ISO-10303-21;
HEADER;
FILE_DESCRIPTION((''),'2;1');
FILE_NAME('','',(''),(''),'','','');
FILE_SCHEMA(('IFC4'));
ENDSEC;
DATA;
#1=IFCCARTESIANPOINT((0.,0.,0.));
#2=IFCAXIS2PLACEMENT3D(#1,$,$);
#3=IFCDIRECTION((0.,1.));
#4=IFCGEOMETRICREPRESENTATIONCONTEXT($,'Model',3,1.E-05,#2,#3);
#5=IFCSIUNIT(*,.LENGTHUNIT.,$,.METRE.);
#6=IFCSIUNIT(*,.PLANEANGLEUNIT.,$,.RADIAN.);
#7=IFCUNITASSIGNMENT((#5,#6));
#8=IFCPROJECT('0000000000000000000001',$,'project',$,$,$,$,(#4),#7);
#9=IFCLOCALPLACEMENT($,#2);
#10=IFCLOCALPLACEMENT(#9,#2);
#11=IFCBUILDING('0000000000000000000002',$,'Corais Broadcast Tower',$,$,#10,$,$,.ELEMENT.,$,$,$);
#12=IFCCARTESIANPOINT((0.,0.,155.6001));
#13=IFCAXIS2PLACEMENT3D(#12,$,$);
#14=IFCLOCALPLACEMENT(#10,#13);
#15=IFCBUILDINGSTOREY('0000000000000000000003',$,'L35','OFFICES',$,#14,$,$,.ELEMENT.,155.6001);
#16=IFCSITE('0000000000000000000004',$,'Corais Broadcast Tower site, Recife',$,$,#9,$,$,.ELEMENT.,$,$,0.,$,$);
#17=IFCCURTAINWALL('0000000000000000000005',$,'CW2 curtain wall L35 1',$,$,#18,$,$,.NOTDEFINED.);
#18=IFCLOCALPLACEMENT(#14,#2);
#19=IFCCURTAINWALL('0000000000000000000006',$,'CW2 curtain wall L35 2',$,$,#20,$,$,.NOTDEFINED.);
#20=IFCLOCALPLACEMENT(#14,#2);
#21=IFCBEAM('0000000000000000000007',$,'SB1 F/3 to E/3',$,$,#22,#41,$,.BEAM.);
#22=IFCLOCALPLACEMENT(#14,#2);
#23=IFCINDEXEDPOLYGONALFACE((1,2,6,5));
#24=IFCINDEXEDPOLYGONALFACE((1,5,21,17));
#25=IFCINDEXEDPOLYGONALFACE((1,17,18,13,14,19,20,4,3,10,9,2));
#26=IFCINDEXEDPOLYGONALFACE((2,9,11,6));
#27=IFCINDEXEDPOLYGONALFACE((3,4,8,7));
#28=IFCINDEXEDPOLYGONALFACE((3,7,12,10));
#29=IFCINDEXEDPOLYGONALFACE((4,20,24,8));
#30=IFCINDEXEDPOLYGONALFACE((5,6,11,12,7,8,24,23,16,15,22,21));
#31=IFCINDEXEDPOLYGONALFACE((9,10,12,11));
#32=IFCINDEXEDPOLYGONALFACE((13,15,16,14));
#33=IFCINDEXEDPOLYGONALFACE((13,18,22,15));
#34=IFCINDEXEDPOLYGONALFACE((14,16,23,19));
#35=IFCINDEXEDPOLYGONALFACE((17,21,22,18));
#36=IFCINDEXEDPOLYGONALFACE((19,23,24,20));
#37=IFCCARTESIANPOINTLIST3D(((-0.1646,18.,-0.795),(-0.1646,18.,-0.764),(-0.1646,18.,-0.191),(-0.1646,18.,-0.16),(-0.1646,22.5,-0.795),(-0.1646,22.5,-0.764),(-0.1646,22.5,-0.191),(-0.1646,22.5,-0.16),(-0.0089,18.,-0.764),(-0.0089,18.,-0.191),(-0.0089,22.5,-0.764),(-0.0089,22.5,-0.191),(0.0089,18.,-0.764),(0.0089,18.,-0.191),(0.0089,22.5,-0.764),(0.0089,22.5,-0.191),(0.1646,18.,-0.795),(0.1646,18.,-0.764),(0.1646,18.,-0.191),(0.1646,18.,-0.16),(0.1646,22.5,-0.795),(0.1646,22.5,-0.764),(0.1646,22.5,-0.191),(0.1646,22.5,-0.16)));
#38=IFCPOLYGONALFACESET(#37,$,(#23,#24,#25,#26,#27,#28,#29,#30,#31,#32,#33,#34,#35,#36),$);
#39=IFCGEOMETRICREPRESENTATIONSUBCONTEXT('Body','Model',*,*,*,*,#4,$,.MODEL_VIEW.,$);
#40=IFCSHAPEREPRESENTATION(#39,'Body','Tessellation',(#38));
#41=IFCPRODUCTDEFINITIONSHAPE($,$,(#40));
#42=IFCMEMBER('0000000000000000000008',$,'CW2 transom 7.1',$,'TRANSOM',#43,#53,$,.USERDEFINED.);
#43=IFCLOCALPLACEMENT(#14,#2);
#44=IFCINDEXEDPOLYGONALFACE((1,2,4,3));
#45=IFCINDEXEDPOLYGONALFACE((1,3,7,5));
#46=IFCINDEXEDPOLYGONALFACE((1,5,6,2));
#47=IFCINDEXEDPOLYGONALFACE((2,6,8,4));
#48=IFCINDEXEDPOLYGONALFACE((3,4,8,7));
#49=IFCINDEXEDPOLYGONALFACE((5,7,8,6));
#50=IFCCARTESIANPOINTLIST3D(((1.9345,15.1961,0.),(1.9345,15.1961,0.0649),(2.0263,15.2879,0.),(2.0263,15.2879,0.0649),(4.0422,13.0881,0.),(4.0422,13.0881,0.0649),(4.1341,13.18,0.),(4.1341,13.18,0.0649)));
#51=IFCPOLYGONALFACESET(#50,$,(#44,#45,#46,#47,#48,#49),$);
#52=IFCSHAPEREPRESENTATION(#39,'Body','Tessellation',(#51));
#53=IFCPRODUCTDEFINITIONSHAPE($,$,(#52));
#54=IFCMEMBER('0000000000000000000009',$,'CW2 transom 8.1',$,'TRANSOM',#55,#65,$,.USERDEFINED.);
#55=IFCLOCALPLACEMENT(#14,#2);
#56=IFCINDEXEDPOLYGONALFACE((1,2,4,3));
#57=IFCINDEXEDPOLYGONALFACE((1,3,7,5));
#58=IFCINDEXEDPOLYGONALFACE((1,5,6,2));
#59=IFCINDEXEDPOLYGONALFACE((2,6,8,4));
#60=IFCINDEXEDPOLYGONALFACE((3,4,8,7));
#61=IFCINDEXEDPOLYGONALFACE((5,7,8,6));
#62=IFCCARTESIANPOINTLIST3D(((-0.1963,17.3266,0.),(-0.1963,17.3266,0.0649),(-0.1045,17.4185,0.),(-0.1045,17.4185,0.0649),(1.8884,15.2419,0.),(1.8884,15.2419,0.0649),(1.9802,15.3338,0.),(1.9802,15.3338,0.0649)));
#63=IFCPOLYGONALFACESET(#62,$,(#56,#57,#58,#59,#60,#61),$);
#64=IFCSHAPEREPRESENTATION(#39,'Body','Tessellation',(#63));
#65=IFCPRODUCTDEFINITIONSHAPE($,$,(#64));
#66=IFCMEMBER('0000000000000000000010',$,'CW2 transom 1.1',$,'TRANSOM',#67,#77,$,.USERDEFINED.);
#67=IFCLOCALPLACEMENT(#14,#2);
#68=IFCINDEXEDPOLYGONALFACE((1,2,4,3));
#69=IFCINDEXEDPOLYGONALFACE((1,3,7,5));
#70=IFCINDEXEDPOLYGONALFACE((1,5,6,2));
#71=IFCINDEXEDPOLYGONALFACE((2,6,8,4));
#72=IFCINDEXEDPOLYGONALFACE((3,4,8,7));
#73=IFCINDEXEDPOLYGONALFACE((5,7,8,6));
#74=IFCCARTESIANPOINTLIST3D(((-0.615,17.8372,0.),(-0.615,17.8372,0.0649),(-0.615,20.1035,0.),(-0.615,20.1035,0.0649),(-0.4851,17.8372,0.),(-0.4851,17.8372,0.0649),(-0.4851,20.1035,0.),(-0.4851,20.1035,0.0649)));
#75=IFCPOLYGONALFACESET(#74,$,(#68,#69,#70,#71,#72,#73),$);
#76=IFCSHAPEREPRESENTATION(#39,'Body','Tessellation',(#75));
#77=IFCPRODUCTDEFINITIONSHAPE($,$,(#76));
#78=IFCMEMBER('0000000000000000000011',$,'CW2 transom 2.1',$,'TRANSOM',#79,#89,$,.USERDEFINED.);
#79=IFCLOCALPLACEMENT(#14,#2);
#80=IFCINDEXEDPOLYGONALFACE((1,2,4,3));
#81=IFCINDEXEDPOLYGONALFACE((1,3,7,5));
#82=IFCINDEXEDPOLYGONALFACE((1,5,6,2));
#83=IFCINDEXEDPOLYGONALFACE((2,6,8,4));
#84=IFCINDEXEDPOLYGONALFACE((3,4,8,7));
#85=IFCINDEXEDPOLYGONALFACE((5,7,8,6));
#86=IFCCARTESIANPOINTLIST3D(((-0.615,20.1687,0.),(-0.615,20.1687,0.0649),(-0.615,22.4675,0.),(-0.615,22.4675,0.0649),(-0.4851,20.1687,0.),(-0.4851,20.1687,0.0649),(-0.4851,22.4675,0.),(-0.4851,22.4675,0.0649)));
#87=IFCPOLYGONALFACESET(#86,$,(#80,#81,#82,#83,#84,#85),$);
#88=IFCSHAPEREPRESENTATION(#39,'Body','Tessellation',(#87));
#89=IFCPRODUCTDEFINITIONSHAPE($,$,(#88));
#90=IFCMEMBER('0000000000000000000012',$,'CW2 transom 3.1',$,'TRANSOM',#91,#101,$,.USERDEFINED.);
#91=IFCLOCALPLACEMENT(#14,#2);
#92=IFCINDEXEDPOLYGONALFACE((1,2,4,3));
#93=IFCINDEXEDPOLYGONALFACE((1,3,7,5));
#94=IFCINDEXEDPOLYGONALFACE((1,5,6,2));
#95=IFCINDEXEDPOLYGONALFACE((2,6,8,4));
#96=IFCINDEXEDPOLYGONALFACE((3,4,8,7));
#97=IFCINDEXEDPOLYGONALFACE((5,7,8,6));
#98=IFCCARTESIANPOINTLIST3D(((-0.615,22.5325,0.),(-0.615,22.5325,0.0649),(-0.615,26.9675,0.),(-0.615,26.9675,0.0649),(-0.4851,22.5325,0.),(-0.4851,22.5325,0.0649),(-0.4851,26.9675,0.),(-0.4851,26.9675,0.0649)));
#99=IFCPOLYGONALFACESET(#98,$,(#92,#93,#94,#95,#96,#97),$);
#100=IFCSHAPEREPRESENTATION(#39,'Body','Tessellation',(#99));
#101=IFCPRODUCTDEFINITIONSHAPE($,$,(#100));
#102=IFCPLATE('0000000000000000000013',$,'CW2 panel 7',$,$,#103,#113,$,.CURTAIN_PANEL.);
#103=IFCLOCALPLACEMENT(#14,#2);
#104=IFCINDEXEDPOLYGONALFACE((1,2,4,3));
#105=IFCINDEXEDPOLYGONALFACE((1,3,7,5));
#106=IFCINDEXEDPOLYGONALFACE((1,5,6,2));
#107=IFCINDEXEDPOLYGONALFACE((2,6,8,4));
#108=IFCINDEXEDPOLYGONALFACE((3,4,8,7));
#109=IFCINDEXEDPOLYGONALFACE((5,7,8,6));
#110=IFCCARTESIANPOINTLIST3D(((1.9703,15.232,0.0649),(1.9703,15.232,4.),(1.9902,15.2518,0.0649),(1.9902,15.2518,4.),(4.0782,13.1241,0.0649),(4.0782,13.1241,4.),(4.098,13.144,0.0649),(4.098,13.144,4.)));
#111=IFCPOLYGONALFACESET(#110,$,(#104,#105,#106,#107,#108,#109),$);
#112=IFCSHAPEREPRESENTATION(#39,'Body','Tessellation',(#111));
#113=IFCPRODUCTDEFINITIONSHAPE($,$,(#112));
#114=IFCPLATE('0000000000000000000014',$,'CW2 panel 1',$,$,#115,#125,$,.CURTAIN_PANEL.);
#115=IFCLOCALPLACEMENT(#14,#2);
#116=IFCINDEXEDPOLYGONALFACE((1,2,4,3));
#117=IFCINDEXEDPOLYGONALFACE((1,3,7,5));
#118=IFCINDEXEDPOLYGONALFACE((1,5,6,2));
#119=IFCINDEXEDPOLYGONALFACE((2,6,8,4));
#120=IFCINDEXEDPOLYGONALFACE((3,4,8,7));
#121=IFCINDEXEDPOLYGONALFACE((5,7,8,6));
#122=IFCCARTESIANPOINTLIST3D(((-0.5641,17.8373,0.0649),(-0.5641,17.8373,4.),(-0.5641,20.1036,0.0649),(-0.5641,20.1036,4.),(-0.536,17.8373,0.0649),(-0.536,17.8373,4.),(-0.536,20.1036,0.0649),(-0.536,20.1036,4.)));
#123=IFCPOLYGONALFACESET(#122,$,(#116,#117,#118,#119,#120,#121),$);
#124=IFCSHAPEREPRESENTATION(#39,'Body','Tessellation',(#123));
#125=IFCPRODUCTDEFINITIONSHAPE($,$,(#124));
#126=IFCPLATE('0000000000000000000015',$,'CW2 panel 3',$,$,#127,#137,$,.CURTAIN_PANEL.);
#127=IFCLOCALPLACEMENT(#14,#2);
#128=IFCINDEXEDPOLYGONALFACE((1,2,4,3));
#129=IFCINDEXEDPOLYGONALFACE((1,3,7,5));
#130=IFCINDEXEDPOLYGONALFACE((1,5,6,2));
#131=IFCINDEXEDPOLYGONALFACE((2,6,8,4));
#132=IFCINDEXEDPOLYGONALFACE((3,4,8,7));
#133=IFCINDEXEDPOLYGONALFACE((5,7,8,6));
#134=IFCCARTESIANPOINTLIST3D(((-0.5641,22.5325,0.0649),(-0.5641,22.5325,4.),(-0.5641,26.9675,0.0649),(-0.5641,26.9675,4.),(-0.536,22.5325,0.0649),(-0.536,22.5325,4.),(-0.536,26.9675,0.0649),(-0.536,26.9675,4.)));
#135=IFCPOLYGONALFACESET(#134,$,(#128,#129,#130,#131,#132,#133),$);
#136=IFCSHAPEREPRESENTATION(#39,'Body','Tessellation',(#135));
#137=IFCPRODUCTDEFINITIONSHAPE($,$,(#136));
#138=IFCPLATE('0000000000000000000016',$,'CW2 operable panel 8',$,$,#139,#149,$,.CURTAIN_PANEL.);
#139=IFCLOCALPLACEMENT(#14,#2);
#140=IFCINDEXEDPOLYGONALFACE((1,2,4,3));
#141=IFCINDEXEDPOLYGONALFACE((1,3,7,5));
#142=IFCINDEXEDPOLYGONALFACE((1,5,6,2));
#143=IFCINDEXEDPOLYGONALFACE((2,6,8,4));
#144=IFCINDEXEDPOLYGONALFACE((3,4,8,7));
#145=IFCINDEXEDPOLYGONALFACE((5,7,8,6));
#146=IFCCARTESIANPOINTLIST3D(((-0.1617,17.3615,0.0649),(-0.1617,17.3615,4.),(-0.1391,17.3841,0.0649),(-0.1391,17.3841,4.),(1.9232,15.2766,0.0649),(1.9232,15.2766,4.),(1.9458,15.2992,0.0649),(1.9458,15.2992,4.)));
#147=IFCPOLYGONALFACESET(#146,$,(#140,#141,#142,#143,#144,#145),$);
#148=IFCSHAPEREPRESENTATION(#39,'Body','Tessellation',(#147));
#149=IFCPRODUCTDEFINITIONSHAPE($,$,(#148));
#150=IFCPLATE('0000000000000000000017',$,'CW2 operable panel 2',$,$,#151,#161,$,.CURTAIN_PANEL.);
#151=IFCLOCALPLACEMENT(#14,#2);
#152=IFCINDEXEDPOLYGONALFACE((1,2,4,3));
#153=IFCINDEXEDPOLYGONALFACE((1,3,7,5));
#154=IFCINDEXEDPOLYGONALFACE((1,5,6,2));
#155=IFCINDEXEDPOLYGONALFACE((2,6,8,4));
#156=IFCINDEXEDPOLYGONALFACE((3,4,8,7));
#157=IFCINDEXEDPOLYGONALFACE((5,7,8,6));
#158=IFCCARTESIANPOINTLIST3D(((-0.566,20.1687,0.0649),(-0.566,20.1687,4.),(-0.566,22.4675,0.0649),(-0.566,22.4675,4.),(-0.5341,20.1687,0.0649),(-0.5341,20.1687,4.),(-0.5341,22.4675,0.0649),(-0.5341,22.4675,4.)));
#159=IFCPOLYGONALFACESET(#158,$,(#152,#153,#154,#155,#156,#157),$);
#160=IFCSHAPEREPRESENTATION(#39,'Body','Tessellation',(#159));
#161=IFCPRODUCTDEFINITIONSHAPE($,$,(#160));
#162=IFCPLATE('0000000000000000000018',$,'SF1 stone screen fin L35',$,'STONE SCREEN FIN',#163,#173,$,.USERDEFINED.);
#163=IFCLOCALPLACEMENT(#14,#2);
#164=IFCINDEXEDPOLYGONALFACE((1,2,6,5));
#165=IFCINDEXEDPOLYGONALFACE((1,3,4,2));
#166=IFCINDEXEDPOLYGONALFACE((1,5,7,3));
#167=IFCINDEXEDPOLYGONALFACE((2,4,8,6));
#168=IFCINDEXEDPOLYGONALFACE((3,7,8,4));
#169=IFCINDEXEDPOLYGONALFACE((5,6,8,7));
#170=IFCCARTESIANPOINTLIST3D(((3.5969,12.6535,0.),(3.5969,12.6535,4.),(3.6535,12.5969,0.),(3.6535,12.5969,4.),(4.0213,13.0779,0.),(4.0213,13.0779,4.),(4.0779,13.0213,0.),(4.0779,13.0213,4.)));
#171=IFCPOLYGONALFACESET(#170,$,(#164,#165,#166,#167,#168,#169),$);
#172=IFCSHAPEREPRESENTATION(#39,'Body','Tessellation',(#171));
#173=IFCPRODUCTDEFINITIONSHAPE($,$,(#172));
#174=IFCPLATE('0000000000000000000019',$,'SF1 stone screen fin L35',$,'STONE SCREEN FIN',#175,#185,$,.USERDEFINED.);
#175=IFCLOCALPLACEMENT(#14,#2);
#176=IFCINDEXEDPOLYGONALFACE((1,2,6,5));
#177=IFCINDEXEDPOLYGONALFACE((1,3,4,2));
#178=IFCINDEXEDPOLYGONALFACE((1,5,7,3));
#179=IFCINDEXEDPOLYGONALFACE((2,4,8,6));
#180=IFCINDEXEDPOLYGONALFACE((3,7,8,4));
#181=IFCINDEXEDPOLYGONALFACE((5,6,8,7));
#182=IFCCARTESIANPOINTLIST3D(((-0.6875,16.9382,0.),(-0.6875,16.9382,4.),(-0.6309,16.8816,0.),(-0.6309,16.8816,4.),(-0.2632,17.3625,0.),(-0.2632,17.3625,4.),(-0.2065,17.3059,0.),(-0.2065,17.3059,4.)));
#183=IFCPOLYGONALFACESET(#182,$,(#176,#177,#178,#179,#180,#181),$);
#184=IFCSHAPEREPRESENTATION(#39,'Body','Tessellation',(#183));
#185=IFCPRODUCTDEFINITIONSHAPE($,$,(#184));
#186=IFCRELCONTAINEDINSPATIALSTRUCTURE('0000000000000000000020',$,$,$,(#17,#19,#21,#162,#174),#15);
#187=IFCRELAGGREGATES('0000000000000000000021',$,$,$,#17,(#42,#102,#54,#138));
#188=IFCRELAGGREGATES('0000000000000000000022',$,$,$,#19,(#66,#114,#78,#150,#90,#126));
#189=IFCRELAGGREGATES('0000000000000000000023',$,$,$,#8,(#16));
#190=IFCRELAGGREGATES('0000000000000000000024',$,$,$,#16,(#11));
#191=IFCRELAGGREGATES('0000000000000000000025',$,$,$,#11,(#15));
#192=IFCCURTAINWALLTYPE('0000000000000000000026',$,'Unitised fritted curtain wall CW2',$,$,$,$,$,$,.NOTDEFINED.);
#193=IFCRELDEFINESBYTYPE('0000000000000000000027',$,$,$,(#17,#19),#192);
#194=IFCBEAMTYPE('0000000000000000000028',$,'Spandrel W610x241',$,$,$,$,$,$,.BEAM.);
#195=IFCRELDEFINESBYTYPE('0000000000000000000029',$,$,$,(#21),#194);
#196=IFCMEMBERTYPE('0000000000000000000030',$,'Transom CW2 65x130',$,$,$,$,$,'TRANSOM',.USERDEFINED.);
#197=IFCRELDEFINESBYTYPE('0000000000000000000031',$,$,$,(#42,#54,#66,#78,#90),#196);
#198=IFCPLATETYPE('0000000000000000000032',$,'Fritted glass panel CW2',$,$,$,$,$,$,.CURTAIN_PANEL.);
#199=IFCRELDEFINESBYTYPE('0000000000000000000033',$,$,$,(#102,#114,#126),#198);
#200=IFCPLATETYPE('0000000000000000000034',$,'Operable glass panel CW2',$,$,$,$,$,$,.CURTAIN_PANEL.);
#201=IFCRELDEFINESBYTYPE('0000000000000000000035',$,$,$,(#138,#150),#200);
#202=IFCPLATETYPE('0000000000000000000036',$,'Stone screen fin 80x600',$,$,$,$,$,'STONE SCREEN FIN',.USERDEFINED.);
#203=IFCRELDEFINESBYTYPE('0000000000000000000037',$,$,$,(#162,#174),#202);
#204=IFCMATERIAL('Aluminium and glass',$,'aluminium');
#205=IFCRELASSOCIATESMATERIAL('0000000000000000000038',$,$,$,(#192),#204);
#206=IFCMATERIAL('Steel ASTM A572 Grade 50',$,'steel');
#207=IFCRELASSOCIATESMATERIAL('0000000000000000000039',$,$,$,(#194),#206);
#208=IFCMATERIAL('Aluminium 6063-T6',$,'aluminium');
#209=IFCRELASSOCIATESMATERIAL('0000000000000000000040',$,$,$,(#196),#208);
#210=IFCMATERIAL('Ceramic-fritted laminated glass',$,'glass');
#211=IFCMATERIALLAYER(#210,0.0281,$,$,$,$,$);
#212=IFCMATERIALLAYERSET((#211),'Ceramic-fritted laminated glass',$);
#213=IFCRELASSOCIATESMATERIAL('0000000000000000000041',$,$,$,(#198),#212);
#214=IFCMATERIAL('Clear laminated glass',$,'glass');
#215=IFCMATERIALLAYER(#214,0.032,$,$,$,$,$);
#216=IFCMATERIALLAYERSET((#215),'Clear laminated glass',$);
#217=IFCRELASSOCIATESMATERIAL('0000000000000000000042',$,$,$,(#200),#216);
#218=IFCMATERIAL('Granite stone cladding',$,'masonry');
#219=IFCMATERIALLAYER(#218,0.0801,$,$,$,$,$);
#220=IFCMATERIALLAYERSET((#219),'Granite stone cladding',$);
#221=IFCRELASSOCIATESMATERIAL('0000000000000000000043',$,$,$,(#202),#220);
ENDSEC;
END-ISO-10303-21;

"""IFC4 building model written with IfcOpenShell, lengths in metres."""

from ifc_helpers import new_model, si_unit, direction, frame, origin, origin_2d, place, context, subcontext, project, spatial, rectangle, i_section, extrude, material, layer, layer_set, material_profile, profile_set, type_object, element, aggregate, save


model = new_model("IFC4")

# Units and contexts
model_context = context("Model", 3, precision=1e-05, world=origin(), true_north=direction((0.0, 1.0)))
body_context = subcontext(model_context, "Body", "Model", "MODEL_VIEW")
ifc_project = project(units=[si_unit("LENGTHUNIT", "METRE"), si_unit("PLANEANGLEUNIT", "RADIAN")], contexts=[model_context])

# Site, building, storey
site_placement = place(None, origin())
site = spatial("IfcSite", under=ifc_project, at=site_placement, Name="Corais Broadcast Tower site, Recife", CompositionType="ELEMENT", RefElevation=0.0)
building_placement = place(site_placement, origin())
building = spatial("IfcBuilding", under=site, at=building_placement, Name="Corais Broadcast Tower", CompositionType="ELEMENT")
storey_placement = place(building_placement, frame((0.0, 0.0, 155.6001)))
storey = spatial("IfcBuildingStorey", under=building, at=storey_placement, Name="L35", Description="OFFICES", CompositionType="ELEMENT", Elevation=155.6001)

# Curtain walls
ifc_material_1 = material(Name="Aluminium and glass", Category="aluminium")
curtain_wall_type = type_object("IfcCurtainWallType", Name="Unitised fritted curtain wall CW2", PredefinedType="NOTDEFINED", material=ifc_material_1)
curtain_wall_1_placement = place(storey_placement, origin())
curtain_wall_1 = element("IfcCurtainWall", 1, at=curtain_wall_1_placement, inside=storey, type_object=curtain_wall_type, Name="CW2 curtain wall L35 1", PredefinedType="NOTDEFINED")
curtain_wall_2_placement = place(storey_placement, origin())
curtain_wall_2 = element("IfcCurtainWall", 2, at=curtain_wall_2_placement, inside=storey, type_object=curtain_wall_type, Name="CW2 curtain wall L35 2", PredefinedType="NOTDEFINED")

# Beam
ifc_material_2 = material(Name="Steel ASTM A572 Grade 50", Category="steel")
ifc_material_profile_1 = material_profile(ifc_material_2, i_section(OverallWidth=0.3291, OverallDepth=0.635, WebThickness=0.0178, FlangeThickness=0.031, at=origin_2d()), Name="W610x241")
ifc_profile_set_1 = profile_set([ifc_material_profile_1], Name="Steel ASTM A572 Grade 50")
beam_type_1 = type_object("IfcBeamType", Name="Spandrel W610x241", PredefinedType="BEAM", material=ifc_profile_set_1)
beam_1_placement = place(storey_placement, frame((0.0, 22.5, -0.4775), z_axis=(0.0, -1.0, 0.0), x_axis=(1.0, 0.0, 0.0)))
element("IfcBeam", 3, at=beam_1_placement, inside=storey, type_object=beam_type_1, Name="SB1 F/3 to E/3", PredefinedType="BEAM", context=body_context, shape_type="SweptSolid", body=[
    extrude(i_section(OverallWidth=0.3291, OverallDepth=0.635, WebThickness=0.0178, FlangeThickness=0.031, at=origin_2d()), origin(), (0.0, 0.0, 1.0), 4.5),
])

# Members
ifc_material_3 = material(Name="Aluminium 6063-T6", Category="aluminium")
ifc_material_profile_2 = material_profile(ifc_material_3, rectangle(XDim=0.1299, YDim=0.0649, at=origin_2d()), Name="Transom CW2 65x130")
ifc_profile_set_2 = profile_set([ifc_material_profile_2], Name="Aluminium 6063-T6")
member_type_1 = type_object("IfcMemberType", Name="Transom CW2 65x130", ElementType="TRANSOM", PredefinedType="USERDEFINED", material=ifc_profile_set_2)
member_1_placement = place(storey_placement, frame((4.0881, 13.134, 0.0325), z_axis=(-0.707066, 0.707148, 0.0), x_axis=(-0.707148, -0.707066, 0.0)))
member_1 = element("IfcMember", 4, at=member_1_placement, type_object=member_type_1, Name="CW2 transom 7.1", ObjectType="TRANSOM", PredefinedType="USERDEFINED", context=body_context, shape_type="SweptSolid", body=[
    extrude(rectangle(XDim=0.1299, YDim=0.0649, at=origin_2d()), origin(), (0.0, 0.0, 1.0), 2.981),
])
member_2_placement = place(storey_placement, frame((1.9343, 15.2878, 0.0325), z_axis=(-0.707107, 0.707107, 0.0), x_axis=(-0.707107, -0.707107, 0.0)))
member_2 = element("IfcMember", 5, at=member_2_placement, type_object=member_type_1, Name="CW2 transom 8.1", ObjectType="TRANSOM", PredefinedType="USERDEFINED", context=body_context, shape_type="SweptSolid", body=[
    extrude(rectangle(XDim=0.1299, YDim=0.0649, at=origin_2d()), origin(), (0.0, 0.0, 1.0), 2.9482),
])
member_3_placement = place(storey_placement, frame((-0.55, 17.8372, 0.0325), z_axis=(0.0, 1.0, 0.0), x_axis=(-1.0, 0.0, 0.0)))
member_3 = element("IfcMember", 6, at=member_3_placement, type_object=member_type_1, Name="CW2 transom 1.1", ObjectType="TRANSOM", PredefinedType="USERDEFINED", context=body_context, shape_type="SweptSolid", body=[
    extrude(rectangle(XDim=0.1299, YDim=0.0649, at=origin_2d()), origin(), (0.0, 0.0, 1.0), 2.2664),
])
member_4_placement = place(storey_placement, frame((-0.55, 20.1687, 0.0325), z_axis=(0.0, 1.0, 0.0), x_axis=(-1.0, 0.0, 0.0)))
member_4 = element("IfcMember", 7, at=member_4_placement, type_object=member_type_1, Name="CW2 transom 2.1", ObjectType="TRANSOM", PredefinedType="USERDEFINED", context=body_context, shape_type="SweptSolid", body=[
    extrude(rectangle(XDim=0.1299, YDim=0.0649, at=origin_2d()), origin(), (0.0, 0.0, 1.0), 2.2988),
])
member_5_placement = place(storey_placement, frame((-0.55, 22.5325, 0.0325), z_axis=(0.0, 1.0, 0.0), x_axis=(-1.0, 0.0, 0.0)))
member_5 = element("IfcMember", 8, at=member_5_placement, type_object=member_type_1, Name="CW2 transom 3.1", ObjectType="TRANSOM", PredefinedType="USERDEFINED", context=body_context, shape_type="SweptSolid", body=[
    extrude(rectangle(XDim=0.1299, YDim=0.0649, at=origin_2d()), origin(), (0.0, 0.0, 1.0), 4.4351),
])

# Plates
ifc_material_4 = material(Name="Ceramic-fritted laminated glass", Category="glass")
ifc_layer_1 = layer(ifc_material_4, 0.0281)
ifc_layer_set_1 = layer_set([ifc_layer_1], Name="Ceramic-fritted laminated glass")
plate_type_1 = type_object("IfcPlateType", Name="Fritted glass panel CW2", PredefinedType="CURTAIN_PANEL", material=ifc_layer_set_1)
plate_1_placement = place(storey_placement, frame((3.0342, 14.188, 0.0649), z_axis=(0.0, 0.0, 1.0), x_axis=(-0.707107, 0.707107, 0.0)))
plate_1 = element("IfcPlate", 9, at=plate_1_placement, type_object=plate_type_1, Name="CW2 panel 7", PredefinedType="CURTAIN_PANEL", context=body_context, shape_type="SweptSolid", body=[
    extrude(rectangle(XDim=2.981, YDim=0.0281, at=origin_2d()), origin(), (0.0, 0.0, 1.0), 3.9351),
])
plate_2_placement = place(storey_placement, frame((-0.55, 18.9705, 0.0649), z_axis=(0.0, 0.0, 1.0), x_axis=(0.0, 1.0, 0.0)))
plate_2 = element("IfcPlate", 10, at=plate_2_placement, type_object=plate_type_1, Name="CW2 panel 1", PredefinedType="CURTAIN_PANEL", context=body_context, shape_type="SweptSolid", body=[
    extrude(rectangle(XDim=2.2664, YDim=0.0281, at=origin_2d()), origin(), (0.0, 0.0, 1.0), 3.9351),
])
plate_3_placement = place(storey_placement, frame((-0.55, 24.75, 0.0649), z_axis=(0.0, 0.0, 1.0), x_axis=(0.0, 1.0, 0.0)))
plate_3 = element("IfcPlate", 11, at=plate_3_placement, type_object=plate_type_1, Name="CW2 panel 3", PredefinedType="CURTAIN_PANEL", context=body_context, shape_type="SweptSolid", body=[
    extrude(rectangle(XDim=4.4351, YDim=0.0281, at=origin_2d()), origin(), (0.0, 0.0, 1.0), 3.9351),
])
ifc_material_5 = material(Name="Clear laminated glass", Category="glass")
ifc_layer_2 = layer(ifc_material_5, 0.032)
ifc_layer_set_2 = layer_set([ifc_layer_2], Name="Clear laminated glass")
plate_type_2 = type_object("IfcPlateType", Name="Operable glass panel CW2", PredefinedType="CURTAIN_PANEL", material=ifc_layer_set_2)
plate_4_placement = place(storey_placement, frame((0.8921, 16.3303, 0.0649), z_axis=(0.0, 0.0, 1.0), x_axis=(-0.707107, 0.707107, 0.0)))
plate_4 = element("IfcPlate", 12, at=plate_4_placement, type_object=plate_type_2, Name="CW2 operable panel 8", PredefinedType="CURTAIN_PANEL", context=body_context, shape_type="SweptSolid", body=[
    extrude(rectangle(XDim=2.9485, YDim=0.032, at=origin_2d()), origin(), (0.0, 0.0, 1.0), 3.9351),
])
aggregate(curtain_wall_1, [member_1, plate_1, member_2, plate_4])
plate_5_placement = place(storey_placement, frame((-0.55, 21.3181, 0.0649), z_axis=(0.0, 0.0, 1.0), x_axis=(0.0, 1.0, 0.0)))
plate_5 = element("IfcPlate", 13, at=plate_5_placement, type_object=plate_type_2, Name="CW2 operable panel 2", PredefinedType="CURTAIN_PANEL", context=body_context, shape_type="SweptSolid", body=[
    extrude(rectangle(XDim=2.2988, YDim=0.032, at=origin_2d()), origin(), (0.0, 0.0, 1.0), 3.9351),
])
aggregate(curtain_wall_2, [member_3, plate_2, member_4, plate_5, member_5, plate_3])

# Plates
ifc_material_6 = material(Name="Granite stone cladding", Category="masonry")
ifc_layer_3 = layer(ifc_material_6, 0.0801)
ifc_layer_set_3 = layer_set([ifc_layer_3], Name="Granite stone cladding")
plate_type_3 = type_object("IfcPlateType", Name="Stone screen fin 80x600", ElementType="STONE SCREEN FIN", PredefinedType="USERDEFINED", material=ifc_layer_set_3)
for number, where, z_axis, x_axis, name in (
    (14, (3.8374, 12.8374, 0.0), (0.0, 0.0, 1.0), (-0.707107, 0.707107, 0.0), "SF1 stone screen fin L35"),
    (15, (-0.447, 17.1221, 0.0), (0.0, 0.0, 1.0), (-0.707107, 0.707107, 0.0), "SF1 stone screen fin L35"),
):
    element("IfcPlate", number, at=place(storey_placement, frame(where, z_axis=z_axis, x_axis=x_axis)), inside=storey, type_object=plate_type_3, Name=name, ObjectType="STONE SCREEN FIN", PredefinedType="USERDEFINED", context=body_context, shape_type="SweptSolid", body=[
        extrude(rectangle(XDim=0.0801, YDim=0.6001, at=origin_2d()), origin(), (0.0, 0.0, 1.0), 4.0),
    ])

save(model, "model.ifc")
